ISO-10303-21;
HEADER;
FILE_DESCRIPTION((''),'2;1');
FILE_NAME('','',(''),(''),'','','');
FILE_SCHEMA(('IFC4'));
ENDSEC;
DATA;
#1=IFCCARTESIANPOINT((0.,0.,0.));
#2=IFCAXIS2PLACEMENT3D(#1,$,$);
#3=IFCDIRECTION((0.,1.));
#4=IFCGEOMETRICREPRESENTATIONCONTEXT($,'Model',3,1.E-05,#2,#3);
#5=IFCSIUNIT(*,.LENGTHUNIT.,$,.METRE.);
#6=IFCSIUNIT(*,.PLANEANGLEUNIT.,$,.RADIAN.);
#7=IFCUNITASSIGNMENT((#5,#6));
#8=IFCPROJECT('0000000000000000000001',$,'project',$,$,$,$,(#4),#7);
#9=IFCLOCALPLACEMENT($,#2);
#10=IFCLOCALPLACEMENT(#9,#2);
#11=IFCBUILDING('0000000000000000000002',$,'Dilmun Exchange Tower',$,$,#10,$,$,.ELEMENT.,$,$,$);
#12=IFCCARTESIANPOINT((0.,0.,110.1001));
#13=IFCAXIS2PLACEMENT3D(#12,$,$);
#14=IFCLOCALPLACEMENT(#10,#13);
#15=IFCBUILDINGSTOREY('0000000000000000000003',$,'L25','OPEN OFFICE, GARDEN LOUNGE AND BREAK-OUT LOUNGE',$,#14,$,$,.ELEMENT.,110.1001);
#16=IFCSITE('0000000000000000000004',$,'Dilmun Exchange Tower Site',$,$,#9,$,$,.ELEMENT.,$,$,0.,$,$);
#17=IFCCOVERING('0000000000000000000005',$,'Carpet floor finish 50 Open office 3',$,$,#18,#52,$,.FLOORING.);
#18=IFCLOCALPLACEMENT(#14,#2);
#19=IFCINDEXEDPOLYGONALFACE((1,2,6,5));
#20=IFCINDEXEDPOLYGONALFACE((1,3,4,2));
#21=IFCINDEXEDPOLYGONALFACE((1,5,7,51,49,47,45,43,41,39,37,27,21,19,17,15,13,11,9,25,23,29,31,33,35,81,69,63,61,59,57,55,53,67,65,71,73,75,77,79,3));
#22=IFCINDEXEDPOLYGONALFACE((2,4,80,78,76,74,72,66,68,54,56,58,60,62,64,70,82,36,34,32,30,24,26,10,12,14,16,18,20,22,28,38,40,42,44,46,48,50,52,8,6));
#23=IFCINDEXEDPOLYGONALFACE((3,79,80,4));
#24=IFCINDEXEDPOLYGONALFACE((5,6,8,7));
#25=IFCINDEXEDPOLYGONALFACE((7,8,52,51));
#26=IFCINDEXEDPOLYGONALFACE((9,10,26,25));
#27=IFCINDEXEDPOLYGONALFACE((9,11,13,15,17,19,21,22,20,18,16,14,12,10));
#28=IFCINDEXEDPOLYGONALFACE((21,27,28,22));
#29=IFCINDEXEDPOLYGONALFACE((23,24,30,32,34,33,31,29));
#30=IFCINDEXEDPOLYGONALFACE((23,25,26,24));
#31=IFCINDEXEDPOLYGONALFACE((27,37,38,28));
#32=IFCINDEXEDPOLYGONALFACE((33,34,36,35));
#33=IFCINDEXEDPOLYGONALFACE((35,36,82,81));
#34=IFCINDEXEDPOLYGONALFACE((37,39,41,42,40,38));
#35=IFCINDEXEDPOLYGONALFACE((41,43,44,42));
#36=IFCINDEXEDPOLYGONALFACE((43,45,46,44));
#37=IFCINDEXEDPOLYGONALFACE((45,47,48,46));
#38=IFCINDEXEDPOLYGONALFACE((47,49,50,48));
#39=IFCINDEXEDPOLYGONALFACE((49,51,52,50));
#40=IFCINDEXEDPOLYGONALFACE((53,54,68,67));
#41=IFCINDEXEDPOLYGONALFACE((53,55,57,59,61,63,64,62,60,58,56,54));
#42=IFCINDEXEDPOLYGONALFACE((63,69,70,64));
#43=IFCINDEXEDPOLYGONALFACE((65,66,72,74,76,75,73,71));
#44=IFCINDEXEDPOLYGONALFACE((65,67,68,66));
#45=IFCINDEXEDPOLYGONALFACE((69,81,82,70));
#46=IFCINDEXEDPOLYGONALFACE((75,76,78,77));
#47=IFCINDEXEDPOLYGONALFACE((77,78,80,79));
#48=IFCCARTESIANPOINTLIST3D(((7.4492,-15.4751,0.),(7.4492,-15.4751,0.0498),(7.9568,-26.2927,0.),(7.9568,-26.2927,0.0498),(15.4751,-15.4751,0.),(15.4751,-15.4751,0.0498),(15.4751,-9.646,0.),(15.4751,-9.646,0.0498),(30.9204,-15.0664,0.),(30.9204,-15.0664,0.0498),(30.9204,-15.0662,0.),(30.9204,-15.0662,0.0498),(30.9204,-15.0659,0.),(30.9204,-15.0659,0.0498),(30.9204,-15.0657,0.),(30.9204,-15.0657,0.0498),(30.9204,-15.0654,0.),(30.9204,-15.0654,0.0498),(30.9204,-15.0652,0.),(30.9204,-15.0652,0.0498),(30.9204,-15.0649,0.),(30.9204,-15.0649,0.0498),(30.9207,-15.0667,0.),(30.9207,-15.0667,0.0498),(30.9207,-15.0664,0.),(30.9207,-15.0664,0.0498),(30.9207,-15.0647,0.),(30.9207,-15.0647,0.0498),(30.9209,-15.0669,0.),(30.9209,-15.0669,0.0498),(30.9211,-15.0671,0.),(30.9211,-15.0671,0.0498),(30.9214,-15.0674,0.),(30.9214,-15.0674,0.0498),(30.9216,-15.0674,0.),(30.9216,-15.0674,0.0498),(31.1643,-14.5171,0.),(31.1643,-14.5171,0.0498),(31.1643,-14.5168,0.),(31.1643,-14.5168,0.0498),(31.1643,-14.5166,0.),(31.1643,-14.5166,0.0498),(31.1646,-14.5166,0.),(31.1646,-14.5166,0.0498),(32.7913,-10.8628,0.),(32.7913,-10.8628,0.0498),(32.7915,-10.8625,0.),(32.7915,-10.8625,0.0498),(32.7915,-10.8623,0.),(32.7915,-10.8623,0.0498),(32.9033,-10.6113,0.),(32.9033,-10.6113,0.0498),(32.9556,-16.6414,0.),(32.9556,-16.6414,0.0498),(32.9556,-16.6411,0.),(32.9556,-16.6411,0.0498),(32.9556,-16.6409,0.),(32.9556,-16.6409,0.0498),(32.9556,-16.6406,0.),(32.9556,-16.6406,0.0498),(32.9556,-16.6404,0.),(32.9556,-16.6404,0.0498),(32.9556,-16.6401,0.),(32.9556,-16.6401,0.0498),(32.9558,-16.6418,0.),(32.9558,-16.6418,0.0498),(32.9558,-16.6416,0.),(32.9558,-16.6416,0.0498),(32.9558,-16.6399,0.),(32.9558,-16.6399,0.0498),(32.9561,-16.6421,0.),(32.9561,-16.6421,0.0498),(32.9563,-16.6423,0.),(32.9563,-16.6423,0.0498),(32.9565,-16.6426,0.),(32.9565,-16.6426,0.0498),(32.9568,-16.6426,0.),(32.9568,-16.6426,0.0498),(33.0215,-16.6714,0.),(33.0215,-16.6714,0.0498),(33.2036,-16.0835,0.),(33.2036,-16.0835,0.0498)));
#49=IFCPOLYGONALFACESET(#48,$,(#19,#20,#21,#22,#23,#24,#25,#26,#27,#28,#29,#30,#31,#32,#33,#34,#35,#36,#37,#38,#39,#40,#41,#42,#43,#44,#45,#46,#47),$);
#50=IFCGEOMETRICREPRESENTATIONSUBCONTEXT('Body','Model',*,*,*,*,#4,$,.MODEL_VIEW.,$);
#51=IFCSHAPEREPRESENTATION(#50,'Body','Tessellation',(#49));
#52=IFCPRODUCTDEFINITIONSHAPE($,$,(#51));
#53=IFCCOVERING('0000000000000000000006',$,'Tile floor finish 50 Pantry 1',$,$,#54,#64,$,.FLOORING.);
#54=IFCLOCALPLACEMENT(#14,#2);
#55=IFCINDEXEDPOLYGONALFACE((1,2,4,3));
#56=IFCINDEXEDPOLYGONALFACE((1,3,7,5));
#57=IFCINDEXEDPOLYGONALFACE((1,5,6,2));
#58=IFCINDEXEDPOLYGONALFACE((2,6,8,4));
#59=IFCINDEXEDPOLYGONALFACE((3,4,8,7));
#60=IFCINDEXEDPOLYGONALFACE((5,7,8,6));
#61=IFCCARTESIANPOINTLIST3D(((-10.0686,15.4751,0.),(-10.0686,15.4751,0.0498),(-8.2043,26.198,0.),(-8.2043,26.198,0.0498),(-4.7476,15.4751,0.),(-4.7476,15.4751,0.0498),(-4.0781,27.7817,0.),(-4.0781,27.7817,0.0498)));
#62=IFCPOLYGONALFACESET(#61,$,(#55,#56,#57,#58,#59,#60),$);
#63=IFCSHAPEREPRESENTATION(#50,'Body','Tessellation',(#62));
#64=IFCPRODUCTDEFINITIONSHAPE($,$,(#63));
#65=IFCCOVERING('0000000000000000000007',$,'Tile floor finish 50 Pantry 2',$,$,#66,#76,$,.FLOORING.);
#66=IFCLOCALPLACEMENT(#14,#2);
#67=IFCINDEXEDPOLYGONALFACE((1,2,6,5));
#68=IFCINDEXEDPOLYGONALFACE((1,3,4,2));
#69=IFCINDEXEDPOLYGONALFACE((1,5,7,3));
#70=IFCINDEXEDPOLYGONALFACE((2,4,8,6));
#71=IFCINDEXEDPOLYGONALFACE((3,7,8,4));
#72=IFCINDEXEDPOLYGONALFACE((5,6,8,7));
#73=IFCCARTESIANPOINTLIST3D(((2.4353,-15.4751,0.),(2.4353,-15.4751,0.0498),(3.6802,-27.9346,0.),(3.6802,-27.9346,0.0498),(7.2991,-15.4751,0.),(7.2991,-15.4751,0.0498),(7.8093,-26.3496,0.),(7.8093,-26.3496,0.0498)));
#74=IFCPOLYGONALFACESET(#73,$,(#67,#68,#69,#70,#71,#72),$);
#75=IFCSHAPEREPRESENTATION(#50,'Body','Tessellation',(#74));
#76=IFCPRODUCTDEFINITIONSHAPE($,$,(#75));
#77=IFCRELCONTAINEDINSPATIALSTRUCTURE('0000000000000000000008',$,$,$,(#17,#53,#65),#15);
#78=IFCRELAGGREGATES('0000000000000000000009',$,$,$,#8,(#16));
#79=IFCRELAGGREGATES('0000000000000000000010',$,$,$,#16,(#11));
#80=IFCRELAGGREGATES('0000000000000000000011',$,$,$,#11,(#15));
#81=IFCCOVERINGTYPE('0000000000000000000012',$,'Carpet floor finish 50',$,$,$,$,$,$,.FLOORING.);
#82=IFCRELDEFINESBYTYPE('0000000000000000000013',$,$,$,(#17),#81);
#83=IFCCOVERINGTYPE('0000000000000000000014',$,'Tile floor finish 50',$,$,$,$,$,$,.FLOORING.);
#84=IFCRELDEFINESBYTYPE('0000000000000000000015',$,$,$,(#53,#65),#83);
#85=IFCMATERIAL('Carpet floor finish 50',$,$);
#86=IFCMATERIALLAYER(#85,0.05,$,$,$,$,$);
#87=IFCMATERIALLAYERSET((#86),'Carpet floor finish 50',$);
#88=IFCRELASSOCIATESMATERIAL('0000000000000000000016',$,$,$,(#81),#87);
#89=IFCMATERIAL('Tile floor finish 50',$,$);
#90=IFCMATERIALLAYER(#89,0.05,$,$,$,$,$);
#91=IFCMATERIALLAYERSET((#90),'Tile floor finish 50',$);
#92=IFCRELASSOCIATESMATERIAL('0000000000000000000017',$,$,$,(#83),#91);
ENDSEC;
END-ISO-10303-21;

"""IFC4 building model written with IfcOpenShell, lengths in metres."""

from ifc_helpers import new_model, si_unit, direction, frame, origin, place, context, subcontext, project, spatial, polyline, outline, extrude, material, layer, layer_set, type_object, element, save


model = new_model("IFC4")

# Units and contexts
model_context = context("Model", 3, precision=1e-05, world=origin(), true_north=direction((0.0, 1.0)))
body_context = subcontext(model_context, "Body", "Model", "MODEL_VIEW")
ifc_project = project(units=[si_unit("LENGTHUNIT", "METRE"), si_unit("PLANEANGLEUNIT", "RADIAN")], contexts=[model_context])

# Site, building, storey
site_placement = place(None, origin())
site = spatial("IfcSite", under=ifc_project, at=site_placement, Name="Dilmun Exchange Tower Site", CompositionType="ELEMENT", RefElevation=0.0)
building_placement = place(site_placement, origin())
building = spatial("IfcBuilding", under=site, at=building_placement, Name="Dilmun Exchange Tower", CompositionType="ELEMENT")
storey_placement = place(building_placement, frame((0.0, 0.0, 110.1001)))
storey = spatial("IfcBuildingStorey", under=building, at=storey_placement, Name="L25", Description="OPEN OFFICE, GARDEN LOUNGE AND BREAK-OUT LOUNGE", CompositionType="ELEMENT", Elevation=110.1001)

# Coverings
ifc_material_1 = material(Name="Carpet floor finish 50")
ifc_layer_1 = layer(ifc_material_1, 0.05)
ifc_layer_set_1 = layer_set([ifc_layer_1], Name="Carpet floor finish 50")
covering_type_1 = type_object("IfcCoveringType", Name="Carpet floor finish 50", PredefinedType="FLOORING", material=ifc_layer_set_1)
covering_1_placement = place(storey_placement, origin())
element("IfcCovering", 1, at=covering_1_placement, inside=storey, type_object=covering_type_1, Name="Carpet floor finish 50 Open office 3", PredefinedType="FLOORING", context=body_context, shape_type="SweptSolid", body=[
    extrude(outline(polyline([(7.4492, -15.4751), (15.4751, -15.4751), (15.4751, -9.646), (32.9033, -10.6113), (32.7915, -10.8623), (32.7915, -10.8625), (32.7913, -10.8628), (32.7913, -10.8628), (31.1646, -14.5166), (31.1643, -14.5166), (31.1643, -14.5168), (31.1643, -14.5171), (31.1643, -14.5171), (30.9207, -15.0647), (30.9204, -15.0649), (30.9204, -15.0652), (30.9204, -15.0652), (30.9204, -15.0654), (30.9204, -15.0657), (30.9204, -15.0659), (30.9204, -15.0662), (30.9204, -15.0664), (30.9207, -15.0664), (30.9207, -15.0667), (30.9209, -15.0669), (30.9209, -15.0669), (30.9211, -15.0671), (30.9211, -15.0671), (30.9214, -15.0674), (30.9216, -15.0674), (33.2036, -16.0835), (32.9558, -16.6399), (32.9556, -16.6401), (32.9556, -16.6404), (32.9556, -16.6404), (32.9556, -16.6406), (32.9556, -16.6409), (32.9556, -16.6411), (32.9556, -16.6414), (32.9558, -16.6416), (32.9558, -16.6416), (32.9558, -16.6418), (32.9561, -16.6421), (32.9561, -16.6421), (32.9563, -16.6423), (32.9563, -16.6423), (32.9565, -16.6426), (32.9568, -16.6426), (33.0215, -16.6714), (7.9568, -26.2927), (7.4492, -15.4751)])), origin(), (0.0, 0.0, 1.0), 0.0498),
])
ifc_material_2 = material(Name="Tile floor finish 50")
ifc_layer_2 = layer(ifc_material_2, 0.05)
ifc_layer_set_2 = layer_set([ifc_layer_2], Name="Tile floor finish 50")
covering_type_2 = type_object("IfcCoveringType", Name="Tile floor finish 50", PredefinedType="FLOORING", material=ifc_layer_set_2)
covering_2_placement = place(storey_placement, origin())
element("IfcCovering", 2, at=covering_2_placement, inside=storey, type_object=covering_type_2, Name="Tile floor finish 50 Pantry 1", PredefinedType="FLOORING", context=body_context, shape_type="SweptSolid", body=[
    extrude(outline(polyline([(-10.0686, 15.4751), (-8.2043, 26.198), (-4.0781, 27.7817), (-4.7476, 15.4751), (-10.0686, 15.4751)])), origin(), (0.0, 0.0, 1.0), 0.0498),
])
covering_3_placement = place(storey_placement, origin())
element("IfcCovering", 3, at=covering_3_placement, inside=storey, type_object=covering_type_2, Name="Tile floor finish 50 Pantry 2", PredefinedType="FLOORING", context=body_context, shape_type="SweptSolid", body=[
    extrude(outline(polyline([(2.4353, -15.4751), (7.2991, -15.4751), (7.8093, -26.3496), (3.6802, -27.9346), (2.4353, -15.4751)])), origin(), (0.0, 0.0, 1.0), 0.0498),
])

save(model, "model.ifc")
